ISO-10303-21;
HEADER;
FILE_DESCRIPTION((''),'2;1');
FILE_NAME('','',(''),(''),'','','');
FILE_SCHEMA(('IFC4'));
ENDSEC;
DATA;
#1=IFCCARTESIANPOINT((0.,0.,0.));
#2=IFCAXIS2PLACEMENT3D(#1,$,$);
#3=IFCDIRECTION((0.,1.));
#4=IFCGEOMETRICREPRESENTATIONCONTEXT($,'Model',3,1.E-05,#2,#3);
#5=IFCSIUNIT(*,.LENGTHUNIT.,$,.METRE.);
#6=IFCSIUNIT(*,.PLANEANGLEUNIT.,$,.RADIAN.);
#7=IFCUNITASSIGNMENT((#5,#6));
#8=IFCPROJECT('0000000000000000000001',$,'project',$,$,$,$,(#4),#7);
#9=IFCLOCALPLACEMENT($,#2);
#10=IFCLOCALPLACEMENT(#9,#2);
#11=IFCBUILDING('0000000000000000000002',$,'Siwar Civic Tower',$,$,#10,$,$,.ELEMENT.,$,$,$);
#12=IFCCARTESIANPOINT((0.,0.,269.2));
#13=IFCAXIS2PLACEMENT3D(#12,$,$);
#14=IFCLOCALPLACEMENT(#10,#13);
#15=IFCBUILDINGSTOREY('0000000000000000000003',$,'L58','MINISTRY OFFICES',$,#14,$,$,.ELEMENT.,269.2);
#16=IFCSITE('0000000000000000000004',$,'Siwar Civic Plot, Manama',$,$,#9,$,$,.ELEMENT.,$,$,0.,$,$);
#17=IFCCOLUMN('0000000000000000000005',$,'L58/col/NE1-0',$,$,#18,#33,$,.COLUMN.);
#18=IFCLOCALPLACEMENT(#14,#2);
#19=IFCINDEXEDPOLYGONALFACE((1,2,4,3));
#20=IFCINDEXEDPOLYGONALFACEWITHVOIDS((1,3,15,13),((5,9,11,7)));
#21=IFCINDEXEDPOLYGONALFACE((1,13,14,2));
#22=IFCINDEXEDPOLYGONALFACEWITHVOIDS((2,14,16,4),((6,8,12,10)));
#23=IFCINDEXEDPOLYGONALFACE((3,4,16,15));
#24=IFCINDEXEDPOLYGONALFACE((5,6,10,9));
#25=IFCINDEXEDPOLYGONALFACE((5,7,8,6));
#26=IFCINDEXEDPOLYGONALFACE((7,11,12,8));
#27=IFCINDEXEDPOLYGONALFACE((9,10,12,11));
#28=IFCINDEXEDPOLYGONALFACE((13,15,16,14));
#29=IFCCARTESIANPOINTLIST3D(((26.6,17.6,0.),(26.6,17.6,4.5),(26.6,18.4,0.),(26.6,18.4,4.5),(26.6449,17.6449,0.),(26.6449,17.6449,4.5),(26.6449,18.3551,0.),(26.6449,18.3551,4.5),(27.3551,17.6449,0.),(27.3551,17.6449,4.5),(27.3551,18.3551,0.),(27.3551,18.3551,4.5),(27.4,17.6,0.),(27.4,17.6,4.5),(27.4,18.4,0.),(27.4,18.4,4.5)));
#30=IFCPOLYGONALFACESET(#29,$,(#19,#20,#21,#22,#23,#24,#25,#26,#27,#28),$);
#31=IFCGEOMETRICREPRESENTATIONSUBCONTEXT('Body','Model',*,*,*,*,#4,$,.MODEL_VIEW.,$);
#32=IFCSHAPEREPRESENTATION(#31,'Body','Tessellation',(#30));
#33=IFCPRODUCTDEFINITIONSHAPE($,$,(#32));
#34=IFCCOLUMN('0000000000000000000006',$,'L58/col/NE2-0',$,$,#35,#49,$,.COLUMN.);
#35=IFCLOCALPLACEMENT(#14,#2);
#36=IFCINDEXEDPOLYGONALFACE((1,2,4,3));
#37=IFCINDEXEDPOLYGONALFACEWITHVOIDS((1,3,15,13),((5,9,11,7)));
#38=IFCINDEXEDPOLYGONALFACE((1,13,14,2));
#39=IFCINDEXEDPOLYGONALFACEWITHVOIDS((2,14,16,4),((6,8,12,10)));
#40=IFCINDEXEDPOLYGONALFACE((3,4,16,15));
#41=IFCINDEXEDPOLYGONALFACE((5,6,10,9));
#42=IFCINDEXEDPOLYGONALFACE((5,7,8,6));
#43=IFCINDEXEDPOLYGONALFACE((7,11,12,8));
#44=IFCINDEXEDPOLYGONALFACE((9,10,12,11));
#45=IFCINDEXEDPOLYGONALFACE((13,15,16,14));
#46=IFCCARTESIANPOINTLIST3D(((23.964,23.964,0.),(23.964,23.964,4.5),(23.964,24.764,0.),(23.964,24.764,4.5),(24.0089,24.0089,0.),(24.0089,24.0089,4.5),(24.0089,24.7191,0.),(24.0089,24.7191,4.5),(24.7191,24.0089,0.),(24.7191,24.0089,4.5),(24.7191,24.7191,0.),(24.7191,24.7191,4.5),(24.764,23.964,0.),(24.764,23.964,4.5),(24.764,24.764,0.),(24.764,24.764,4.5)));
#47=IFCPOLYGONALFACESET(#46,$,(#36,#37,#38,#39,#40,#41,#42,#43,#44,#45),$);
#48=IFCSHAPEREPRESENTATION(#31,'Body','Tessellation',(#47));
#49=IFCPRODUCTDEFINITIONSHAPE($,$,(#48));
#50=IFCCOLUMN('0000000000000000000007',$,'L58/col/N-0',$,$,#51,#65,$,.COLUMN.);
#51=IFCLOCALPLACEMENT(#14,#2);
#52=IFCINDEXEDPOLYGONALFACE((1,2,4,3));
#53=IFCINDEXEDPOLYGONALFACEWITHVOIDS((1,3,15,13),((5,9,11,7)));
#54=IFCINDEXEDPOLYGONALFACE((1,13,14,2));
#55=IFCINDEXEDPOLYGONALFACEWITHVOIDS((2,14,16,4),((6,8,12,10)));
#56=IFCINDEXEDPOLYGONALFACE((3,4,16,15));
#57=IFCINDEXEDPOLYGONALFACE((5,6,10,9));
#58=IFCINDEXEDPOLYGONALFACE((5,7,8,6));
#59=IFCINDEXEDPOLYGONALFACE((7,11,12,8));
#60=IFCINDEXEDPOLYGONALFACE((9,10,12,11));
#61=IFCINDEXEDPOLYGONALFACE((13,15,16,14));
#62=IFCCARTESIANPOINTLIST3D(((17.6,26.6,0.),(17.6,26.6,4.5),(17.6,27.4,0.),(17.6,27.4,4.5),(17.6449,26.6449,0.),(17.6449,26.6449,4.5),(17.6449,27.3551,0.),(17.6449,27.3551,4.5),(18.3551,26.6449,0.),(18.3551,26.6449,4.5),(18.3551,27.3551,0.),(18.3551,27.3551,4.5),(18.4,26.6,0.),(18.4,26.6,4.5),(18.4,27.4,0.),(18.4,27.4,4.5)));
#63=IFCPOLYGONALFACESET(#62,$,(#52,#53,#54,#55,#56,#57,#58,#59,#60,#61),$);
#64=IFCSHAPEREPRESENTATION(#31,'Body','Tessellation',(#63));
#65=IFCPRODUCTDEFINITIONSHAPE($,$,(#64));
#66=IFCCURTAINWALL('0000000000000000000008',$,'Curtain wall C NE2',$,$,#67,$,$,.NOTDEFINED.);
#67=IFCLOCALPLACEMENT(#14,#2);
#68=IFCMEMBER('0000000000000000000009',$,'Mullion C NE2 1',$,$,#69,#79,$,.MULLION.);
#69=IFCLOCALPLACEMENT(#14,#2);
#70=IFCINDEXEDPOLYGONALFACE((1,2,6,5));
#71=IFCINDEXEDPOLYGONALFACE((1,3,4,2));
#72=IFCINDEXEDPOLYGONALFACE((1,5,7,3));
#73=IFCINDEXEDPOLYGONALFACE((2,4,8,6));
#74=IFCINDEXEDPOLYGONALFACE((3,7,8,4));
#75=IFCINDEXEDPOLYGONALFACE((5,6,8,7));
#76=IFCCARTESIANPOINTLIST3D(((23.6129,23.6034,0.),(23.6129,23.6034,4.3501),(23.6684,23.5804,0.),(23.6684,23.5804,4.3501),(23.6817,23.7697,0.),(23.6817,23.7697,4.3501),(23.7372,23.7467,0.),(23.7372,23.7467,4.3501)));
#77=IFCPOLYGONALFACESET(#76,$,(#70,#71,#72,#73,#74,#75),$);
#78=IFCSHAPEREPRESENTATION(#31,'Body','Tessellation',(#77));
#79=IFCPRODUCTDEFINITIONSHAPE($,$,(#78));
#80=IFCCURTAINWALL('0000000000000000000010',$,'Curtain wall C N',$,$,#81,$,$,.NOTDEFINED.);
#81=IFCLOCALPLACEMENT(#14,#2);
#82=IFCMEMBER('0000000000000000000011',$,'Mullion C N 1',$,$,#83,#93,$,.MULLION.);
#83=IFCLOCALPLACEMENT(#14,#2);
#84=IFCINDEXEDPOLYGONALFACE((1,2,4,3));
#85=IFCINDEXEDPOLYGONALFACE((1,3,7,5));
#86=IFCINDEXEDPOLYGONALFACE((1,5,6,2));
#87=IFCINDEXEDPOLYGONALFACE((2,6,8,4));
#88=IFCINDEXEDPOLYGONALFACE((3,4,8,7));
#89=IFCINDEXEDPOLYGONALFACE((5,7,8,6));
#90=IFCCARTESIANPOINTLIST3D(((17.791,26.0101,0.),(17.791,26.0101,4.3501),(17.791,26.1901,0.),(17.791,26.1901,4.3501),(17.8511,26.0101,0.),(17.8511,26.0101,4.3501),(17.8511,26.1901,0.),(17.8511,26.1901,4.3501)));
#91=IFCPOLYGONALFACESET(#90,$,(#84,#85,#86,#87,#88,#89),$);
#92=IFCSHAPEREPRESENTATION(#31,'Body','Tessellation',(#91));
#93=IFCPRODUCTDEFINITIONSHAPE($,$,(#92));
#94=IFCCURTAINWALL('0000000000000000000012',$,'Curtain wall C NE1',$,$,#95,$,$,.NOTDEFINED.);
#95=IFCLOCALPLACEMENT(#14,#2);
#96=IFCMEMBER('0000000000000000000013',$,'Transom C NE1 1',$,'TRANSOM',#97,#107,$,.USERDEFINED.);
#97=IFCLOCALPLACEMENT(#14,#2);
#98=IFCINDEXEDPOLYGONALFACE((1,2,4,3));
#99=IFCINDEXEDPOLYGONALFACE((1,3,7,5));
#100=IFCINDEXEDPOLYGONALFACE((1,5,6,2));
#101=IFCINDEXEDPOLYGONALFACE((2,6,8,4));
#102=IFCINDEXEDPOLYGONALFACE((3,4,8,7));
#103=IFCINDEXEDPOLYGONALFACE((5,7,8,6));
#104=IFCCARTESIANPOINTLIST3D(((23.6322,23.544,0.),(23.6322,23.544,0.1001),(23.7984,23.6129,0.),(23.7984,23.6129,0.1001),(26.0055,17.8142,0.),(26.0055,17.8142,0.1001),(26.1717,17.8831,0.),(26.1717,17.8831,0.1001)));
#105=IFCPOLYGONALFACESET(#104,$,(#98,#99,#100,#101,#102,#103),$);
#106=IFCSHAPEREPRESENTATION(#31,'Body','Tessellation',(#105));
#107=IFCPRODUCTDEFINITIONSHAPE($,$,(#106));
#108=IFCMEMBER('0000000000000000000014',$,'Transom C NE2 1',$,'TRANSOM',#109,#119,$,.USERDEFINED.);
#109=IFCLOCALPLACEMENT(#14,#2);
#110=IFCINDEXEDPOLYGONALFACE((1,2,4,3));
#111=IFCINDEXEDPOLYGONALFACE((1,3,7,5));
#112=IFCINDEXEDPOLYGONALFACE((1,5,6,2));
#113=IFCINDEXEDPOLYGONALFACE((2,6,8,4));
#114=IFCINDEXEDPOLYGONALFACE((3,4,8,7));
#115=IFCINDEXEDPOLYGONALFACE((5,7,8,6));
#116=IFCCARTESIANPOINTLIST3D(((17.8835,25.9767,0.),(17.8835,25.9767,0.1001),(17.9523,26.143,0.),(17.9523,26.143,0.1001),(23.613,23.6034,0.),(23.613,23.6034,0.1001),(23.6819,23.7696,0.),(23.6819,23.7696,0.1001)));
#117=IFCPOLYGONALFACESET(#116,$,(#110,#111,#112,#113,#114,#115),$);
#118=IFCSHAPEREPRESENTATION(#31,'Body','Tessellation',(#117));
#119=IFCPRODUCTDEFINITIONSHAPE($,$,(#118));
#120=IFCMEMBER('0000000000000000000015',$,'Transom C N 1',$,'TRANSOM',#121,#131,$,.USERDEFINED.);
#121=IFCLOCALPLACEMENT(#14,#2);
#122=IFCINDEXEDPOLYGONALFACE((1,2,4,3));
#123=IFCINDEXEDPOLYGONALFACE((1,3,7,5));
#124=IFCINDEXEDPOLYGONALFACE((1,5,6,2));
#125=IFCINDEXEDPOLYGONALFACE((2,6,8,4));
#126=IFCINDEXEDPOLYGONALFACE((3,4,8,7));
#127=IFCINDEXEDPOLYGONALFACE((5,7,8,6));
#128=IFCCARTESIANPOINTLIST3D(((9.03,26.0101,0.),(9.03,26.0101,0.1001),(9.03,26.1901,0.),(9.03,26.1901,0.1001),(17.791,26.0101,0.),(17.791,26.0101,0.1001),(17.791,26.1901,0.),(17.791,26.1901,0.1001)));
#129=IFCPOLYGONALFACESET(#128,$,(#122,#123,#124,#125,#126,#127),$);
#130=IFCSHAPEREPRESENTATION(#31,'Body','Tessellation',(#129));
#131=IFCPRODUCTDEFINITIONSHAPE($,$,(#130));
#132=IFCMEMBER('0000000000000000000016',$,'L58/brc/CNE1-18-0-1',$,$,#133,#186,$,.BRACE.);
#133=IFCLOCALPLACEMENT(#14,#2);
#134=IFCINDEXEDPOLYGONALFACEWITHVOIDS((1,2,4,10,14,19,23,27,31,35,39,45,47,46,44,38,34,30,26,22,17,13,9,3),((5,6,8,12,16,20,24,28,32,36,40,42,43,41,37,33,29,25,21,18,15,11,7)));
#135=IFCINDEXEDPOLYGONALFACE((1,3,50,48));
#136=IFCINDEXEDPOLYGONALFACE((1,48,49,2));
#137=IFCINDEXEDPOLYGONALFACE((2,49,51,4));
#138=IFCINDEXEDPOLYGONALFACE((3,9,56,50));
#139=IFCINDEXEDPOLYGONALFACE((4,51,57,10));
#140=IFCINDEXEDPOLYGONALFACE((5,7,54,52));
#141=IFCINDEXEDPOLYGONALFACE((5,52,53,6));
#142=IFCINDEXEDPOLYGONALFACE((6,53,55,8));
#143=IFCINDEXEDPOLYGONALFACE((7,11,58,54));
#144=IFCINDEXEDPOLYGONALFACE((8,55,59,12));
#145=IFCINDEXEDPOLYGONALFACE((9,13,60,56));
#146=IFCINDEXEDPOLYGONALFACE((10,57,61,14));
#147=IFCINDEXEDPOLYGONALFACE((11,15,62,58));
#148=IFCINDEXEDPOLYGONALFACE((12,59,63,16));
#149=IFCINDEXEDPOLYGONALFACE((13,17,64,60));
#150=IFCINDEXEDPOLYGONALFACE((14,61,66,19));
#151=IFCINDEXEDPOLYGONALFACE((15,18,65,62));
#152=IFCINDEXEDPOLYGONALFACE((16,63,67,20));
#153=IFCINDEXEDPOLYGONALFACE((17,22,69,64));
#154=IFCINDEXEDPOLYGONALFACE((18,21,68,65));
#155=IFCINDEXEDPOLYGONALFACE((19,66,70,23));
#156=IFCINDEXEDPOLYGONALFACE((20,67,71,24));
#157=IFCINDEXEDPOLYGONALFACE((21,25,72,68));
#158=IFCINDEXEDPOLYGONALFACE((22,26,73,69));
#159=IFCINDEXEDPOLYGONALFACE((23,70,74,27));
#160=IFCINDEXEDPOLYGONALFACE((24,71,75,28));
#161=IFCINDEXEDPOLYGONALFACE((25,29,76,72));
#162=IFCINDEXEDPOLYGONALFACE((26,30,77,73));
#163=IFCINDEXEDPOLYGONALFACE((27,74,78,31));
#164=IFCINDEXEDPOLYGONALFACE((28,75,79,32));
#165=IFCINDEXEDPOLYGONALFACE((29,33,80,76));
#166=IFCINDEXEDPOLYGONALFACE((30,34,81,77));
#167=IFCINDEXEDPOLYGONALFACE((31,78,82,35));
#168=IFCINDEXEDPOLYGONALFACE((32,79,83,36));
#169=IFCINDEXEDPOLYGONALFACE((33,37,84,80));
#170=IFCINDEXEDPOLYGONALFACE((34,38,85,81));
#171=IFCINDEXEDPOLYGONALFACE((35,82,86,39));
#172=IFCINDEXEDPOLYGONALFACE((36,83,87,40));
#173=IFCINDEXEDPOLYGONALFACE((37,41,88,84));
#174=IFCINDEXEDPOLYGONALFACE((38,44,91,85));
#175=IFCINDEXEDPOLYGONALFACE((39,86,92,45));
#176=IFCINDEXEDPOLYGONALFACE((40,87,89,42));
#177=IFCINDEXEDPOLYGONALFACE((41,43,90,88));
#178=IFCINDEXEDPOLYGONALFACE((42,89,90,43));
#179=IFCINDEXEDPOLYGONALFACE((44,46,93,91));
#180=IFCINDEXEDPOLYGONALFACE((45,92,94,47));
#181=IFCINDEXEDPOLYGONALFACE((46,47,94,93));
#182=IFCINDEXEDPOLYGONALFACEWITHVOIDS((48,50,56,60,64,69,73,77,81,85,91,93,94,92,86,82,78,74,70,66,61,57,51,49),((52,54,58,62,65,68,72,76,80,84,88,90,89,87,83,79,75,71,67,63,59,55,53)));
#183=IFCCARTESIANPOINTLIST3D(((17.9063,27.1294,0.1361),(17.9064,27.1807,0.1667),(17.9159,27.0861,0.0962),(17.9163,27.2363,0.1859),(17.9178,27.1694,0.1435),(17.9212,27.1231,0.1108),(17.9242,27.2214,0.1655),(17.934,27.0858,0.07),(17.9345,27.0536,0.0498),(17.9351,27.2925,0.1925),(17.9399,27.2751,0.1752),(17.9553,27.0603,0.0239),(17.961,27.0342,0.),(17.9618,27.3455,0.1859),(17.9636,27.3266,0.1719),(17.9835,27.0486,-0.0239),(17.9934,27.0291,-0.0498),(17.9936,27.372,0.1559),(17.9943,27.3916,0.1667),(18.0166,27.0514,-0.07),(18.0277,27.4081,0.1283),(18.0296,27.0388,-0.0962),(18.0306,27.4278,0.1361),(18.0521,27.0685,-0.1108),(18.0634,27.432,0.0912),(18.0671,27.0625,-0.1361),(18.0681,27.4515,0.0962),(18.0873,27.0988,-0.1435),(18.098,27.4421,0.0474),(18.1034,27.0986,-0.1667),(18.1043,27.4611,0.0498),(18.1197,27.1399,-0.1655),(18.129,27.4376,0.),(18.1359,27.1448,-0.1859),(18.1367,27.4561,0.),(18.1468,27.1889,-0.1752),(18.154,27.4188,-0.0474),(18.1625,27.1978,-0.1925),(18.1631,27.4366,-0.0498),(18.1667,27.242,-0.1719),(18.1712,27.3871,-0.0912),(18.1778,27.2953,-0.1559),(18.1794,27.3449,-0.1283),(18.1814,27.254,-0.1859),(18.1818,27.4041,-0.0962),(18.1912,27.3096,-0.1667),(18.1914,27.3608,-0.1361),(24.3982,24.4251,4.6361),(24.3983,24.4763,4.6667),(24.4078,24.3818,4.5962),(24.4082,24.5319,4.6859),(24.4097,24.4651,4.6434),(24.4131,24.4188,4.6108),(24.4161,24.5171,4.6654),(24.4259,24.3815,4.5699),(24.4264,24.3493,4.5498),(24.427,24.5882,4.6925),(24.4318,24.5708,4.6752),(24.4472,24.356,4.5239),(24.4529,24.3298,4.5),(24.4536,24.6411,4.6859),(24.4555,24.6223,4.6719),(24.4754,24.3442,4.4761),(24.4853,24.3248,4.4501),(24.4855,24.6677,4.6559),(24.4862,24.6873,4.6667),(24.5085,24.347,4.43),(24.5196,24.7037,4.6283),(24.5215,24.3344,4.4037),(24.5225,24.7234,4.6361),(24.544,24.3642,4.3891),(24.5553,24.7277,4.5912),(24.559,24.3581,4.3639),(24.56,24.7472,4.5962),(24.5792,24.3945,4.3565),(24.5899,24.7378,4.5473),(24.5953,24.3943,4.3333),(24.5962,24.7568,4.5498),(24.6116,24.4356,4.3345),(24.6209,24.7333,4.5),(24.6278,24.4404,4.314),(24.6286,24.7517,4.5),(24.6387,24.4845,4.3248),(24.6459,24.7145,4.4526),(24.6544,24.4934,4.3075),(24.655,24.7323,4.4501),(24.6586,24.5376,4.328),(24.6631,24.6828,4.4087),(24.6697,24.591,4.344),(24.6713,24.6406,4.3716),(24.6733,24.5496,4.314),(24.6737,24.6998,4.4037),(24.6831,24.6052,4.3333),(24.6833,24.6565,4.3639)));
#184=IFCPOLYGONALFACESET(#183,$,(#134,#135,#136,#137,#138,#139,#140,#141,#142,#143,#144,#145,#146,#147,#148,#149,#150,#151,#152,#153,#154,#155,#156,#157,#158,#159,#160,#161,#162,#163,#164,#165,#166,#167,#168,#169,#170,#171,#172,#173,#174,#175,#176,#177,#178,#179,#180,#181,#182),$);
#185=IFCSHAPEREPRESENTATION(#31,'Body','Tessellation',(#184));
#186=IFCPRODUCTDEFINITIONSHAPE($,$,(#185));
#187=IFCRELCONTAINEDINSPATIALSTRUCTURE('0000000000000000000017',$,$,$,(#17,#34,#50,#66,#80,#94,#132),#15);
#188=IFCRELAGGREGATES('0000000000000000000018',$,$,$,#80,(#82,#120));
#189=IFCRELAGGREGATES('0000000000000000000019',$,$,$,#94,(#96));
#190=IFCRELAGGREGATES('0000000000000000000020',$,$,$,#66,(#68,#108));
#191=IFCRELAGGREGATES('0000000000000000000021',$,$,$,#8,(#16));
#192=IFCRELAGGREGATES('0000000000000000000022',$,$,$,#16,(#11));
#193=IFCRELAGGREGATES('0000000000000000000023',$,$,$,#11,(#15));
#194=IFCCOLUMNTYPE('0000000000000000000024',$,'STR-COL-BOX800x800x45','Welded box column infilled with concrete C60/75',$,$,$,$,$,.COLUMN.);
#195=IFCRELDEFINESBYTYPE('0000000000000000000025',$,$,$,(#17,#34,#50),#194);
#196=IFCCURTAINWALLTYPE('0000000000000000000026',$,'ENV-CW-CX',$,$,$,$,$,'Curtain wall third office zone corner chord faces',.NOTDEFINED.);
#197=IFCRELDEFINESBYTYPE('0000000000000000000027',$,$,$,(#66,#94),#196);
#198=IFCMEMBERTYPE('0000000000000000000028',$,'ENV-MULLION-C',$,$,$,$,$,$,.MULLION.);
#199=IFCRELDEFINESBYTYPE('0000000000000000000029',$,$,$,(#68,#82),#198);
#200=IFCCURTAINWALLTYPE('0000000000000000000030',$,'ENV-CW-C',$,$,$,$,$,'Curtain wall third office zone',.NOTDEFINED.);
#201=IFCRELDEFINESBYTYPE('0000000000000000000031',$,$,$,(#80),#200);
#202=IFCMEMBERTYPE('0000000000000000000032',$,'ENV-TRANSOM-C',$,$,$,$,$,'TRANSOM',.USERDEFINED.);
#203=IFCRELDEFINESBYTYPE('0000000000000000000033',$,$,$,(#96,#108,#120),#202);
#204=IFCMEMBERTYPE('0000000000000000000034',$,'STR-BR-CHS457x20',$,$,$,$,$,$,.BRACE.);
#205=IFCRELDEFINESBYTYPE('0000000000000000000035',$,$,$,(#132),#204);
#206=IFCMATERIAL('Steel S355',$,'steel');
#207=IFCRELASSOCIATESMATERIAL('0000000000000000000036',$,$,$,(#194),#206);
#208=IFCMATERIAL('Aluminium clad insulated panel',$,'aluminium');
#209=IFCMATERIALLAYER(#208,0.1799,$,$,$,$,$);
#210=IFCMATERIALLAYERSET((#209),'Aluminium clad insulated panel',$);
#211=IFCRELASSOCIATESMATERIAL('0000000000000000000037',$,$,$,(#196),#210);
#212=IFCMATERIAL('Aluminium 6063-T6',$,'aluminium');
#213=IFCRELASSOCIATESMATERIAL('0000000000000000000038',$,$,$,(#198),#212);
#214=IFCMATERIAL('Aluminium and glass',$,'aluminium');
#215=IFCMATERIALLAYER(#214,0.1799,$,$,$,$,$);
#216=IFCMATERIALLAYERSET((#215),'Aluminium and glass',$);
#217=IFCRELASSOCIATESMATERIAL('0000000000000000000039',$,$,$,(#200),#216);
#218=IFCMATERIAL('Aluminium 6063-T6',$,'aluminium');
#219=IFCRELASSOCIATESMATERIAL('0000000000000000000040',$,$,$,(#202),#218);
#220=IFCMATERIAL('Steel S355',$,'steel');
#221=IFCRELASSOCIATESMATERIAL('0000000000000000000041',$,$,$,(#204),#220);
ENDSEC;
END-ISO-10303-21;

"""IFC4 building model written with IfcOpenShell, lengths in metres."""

from ifc_helpers import new_model, si_unit, direction, frame, origin, origin_2d, place, context, subcontext, project, spatial, rectangle, hollow_rectangle, hollow_circle, extrude, material, layer, layer_set, material_profile, profile_set, type_object, element, aggregate, save


model = new_model("IFC4")

# Units and contexts
model_context = context("Model", 3, precision=1e-05, world=origin(), true_north=direction((0.0, 1.0)))
body_context = subcontext(model_context, "Body", "Model", "MODEL_VIEW")
ifc_project = project(units=[si_unit("LENGTHUNIT", "METRE"), si_unit("PLANEANGLEUNIT", "RADIAN")], contexts=[model_context])

# Site, building, storey
site_placement = place(None, origin())
site = spatial("IfcSite", under=ifc_project, at=site_placement, Name="Siwar Civic Plot, Manama", CompositionType="ELEMENT", RefElevation=0.0)
building_placement = place(site_placement, origin())
building = spatial("IfcBuilding", under=site, at=building_placement, Name="Siwar Civic Tower", CompositionType="ELEMENT")
storey_placement = place(building_placement, frame((0.0, 0.0, 269.2)))
storey = spatial("IfcBuildingStorey", under=building, at=storey_placement, Name="L58", Description="MINISTRY OFFICES", CompositionType="ELEMENT", Elevation=269.2)

# Columns
ifc_material_1 = material(Name="Steel S355", Category="steel")
ifc_material_profile_1 = material_profile(ifc_material_1, hollow_rectangle(XDim=0.8, YDim=0.8, WallThickness=0.0449, at=origin_2d()), Name="BOX800x800x45")
ifc_profile_set_1 = profile_set([ifc_material_profile_1], Name="Steel S355")
column_type = type_object("IfcColumnType", Name="STR-COL-BOX800x800x45", Description="Welded box column infilled with concrete C60/75", PredefinedType="COLUMN", material=ifc_profile_set_1)
for number, where, z_axis, x_axis, name in (
    (1, (27.0, 18.0, 0.0), (0.0, 0.0, 1.0), (1.0, 0.0, 0.0), "L58/col/NE1-0"),
    (2, (24.364, 24.364, 0.0), (0.0, 0.0, 1.0), (1.0, 0.0, 0.0), "L58/col/NE2-0"),
    (3, (18.0, 27.0, 0.0), (0.0, 0.0, 1.0), (1.0, 0.0, 0.0), "L58/col/N-0"),
):
    element("IfcColumn", number, at=place(storey_placement, frame(where, z_axis=z_axis, x_axis=x_axis)), inside=storey, type_object=column_type, Name=name, PredefinedType="COLUMN", context=body_context, shape_type="SweptSolid", body=[
        extrude(hollow_rectangle(XDim=0.8, YDim=0.8, WallThickness=0.0449, at=origin_2d()), origin(), (0.0, 0.0, 1.0), 4.5),
    ])

# Curtain walls, members
ifc_material_2 = material(Name="Aluminium clad insulated panel", Category="aluminium")
ifc_layer_1 = layer(ifc_material_2, 0.1799)
ifc_layer_set_1 = layer_set([ifc_layer_1], Name="Aluminium clad insulated panel")
curtain_wall_type_1 = type_object("IfcCurtainWallType", Name="ENV-CW-CX", ElementType="Curtain wall third office zone corner chord faces", PredefinedType="NOTDEFINED", material=ifc_layer_set_1)
curtain_wall_1_placement = place(storey_placement, origin())
curtain_wall_1 = element("IfcCurtainWall", 4, at=curtain_wall_1_placement, inside=storey, type_object=curtain_wall_type_1, Name="Curtain wall C NE2", PredefinedType="NOTDEFINED")
ifc_material_3 = material(Name="Aluminium 6063-T6", Category="aluminium")
ifc_material_profile_2 = material_profile(ifc_material_3, rectangle(XDim=0.1799, YDim=0.0601, at=origin_2d()), Name="AL 180x60")
ifc_profile_set_2 = profile_set([ifc_material_profile_2], Name="Aluminium 6063-T6")
member_type_1 = type_object("IfcMemberType", Name="ENV-MULLION-C", PredefinedType="MULLION", material=ifc_profile_set_2)
member_1_placement = place(storey_placement, frame((23.675, 23.675, 0.0), z_axis=(0.0, 0.0, 1.0), x_axis=(-0.382683, -0.92388, 0.0)))
member_1 = element("IfcMember", 5, at=member_1_placement, type_object=member_type_1, Name="Mullion C NE2 1", PredefinedType="MULLION", context=body_context, shape_type="SweptSolid", body=[
    extrude(rectangle(XDim=0.1799, YDim=0.0601, at=origin_2d()), origin(), (0.0, 0.0, 1.0), 4.3501),
])
ifc_material_4 = material(Name="Aluminium and glass", Category="aluminium")
ifc_layer_2 = layer(ifc_material_4, 0.1799)
ifc_layer_set_2 = layer_set([ifc_layer_2], Name="Aluminium and glass")
curtain_wall_type_2 = type_object("IfcCurtainWallType", Name="ENV-CW-C", ElementType="Curtain wall third office zone", PredefinedType="NOTDEFINED", material=ifc_layer_set_2)
curtain_wall_2_placement = place(storey_placement, origin())
curtain_wall_2 = element("IfcCurtainWall", 6, at=curtain_wall_2_placement, inside=storey, type_object=curtain_wall_type_2, Name="Curtain wall C N", PredefinedType="NOTDEFINED")
member_2_placement = place(storey_placement, frame((17.821, 26.1001, 0.0), z_axis=(0.0, 0.0, 1.0), x_axis=(0.0, -1.0, 0.0)))
member_2 = element("IfcMember", 7, at=member_2_placement, type_object=member_type_1, Name="Mullion C N 1", PredefinedType="MULLION", context=body_context, shape_type="SweptSolid", body=[
    extrude(rectangle(XDim=0.1799, YDim=0.0601, at=origin_2d()), origin(), (0.0, 0.0, 1.0), 4.3501),
])
curtain_wall_3_placement = place(storey_placement, origin())
curtain_wall_3 = element("IfcCurtainWall", 8, at=curtain_wall_3_placement, inside=storey, type_object=curtain_wall_type_1, Name="Curtain wall C NE1", PredefinedType="NOTDEFINED")
ifc_material_5 = material(Name="Aluminium 6063-T6", Category="aluminium")
ifc_material_profile_3 = material_profile(ifc_material_5, rectangle(XDim=0.1799, YDim=0.1001, at=origin_2d()), Name="AL 180x100")
ifc_profile_set_3 = profile_set([ifc_material_profile_3], Name="Aluminium 6063-T6")
member_type_2 = type_object("IfcMemberType", Name="ENV-TRANSOM-C", ElementType="TRANSOM", PredefinedType="USERDEFINED", material=ifc_profile_set_3)
member_3_placement = place(storey_placement, frame((26.0886, 17.8486, 0.05), z_axis=(-0.382677, 0.923882, 0.0), x_axis=(-0.923882, -0.382677, 0.0)))
member_3 = element("IfcMember", 9, at=member_3_placement, type_object=member_type_2, Name="Transom C NE1 1", ObjectType="TRANSOM", PredefinedType="USERDEFINED", context=body_context, shape_type="SweptSolid", body=[
    extrude(rectangle(XDim=0.1799, YDim=0.1001, at=origin_2d()), origin(), (0.0, 0.0, 1.0), 6.2019),
])

# Members
member_4_placement = place(storey_placement, frame((23.6475, 23.6865, 0.05), z_axis=(-0.923876, 0.382691, 0.0), x_axis=(-0.382691, -0.923876, 0.0)))
member_4 = element("IfcMember", 10, at=member_4_placement, type_object=member_type_2, Name="Transom C NE2 1", ObjectType="TRANSOM", PredefinedType="USERDEFINED", context=body_context, shape_type="SweptSolid", body=[
    extrude(rectangle(XDim=0.1799, YDim=0.1001, at=origin_2d()), origin(), (0.0, 0.0, 1.0), 6.2017),
])
member_5_placement = place(storey_placement, frame((17.791, 26.1001, 0.05), z_axis=(-1.0, 0.0, 0.0), x_axis=(0.0, -1.0, 0.0)))
member_5 = element("IfcMember", 11, at=member_5_placement, type_object=member_type_2, Name="Transom C N 1", ObjectType="TRANSOM", PredefinedType="USERDEFINED", context=body_context, shape_type="SweptSolid", body=[
    extrude(rectangle(XDim=0.1799, YDim=0.1001, at=origin_2d()), origin(), (0.0, 0.0, 1.0), 8.761),
])
aggregate(curtain_wall_2, [member_2, member_5])

# Member
ifc_material_6 = material(Name="Steel S355", Category="steel")
ifc_material_profile_4 = material_profile(ifc_material_6, hollow_circle(Radius=0.2285, WallThickness=0.02, at=origin_2d()), Name="CHS457x20")
ifc_profile_set_4 = profile_set([ifc_material_profile_4], Name="Steel S355")
member_type_3 = type_object("IfcMemberType", Name="STR-BR-CHS457x20", PredefinedType="BRACE", material=ifc_profile_set_4)
member_6_placement = place(storey_placement, frame((18.0488, 27.2451, 0.0), z_axis=(0.777555, -0.323906, 0.538975), x_axis=(0.384539, 0.923109, 0.0)))
element("IfcMember", 12, at=member_6_placement, inside=storey, type_object=member_type_3, Name="L58/brc/CNE1-18-0-1", PredefinedType="BRACE", context=body_context, shape_type="SweptSolid", body=[
    extrude(hollow_circle(Radius=0.2285, WallThickness=0.02, at=origin_2d()), origin(), (0.0, 0.0, 1.0), 8.3491),
])

aggregate(curtain_wall_3, [member_3])
aggregate(curtain_wall_1, [member_1, member_4])

save(model, "model.ifc")
